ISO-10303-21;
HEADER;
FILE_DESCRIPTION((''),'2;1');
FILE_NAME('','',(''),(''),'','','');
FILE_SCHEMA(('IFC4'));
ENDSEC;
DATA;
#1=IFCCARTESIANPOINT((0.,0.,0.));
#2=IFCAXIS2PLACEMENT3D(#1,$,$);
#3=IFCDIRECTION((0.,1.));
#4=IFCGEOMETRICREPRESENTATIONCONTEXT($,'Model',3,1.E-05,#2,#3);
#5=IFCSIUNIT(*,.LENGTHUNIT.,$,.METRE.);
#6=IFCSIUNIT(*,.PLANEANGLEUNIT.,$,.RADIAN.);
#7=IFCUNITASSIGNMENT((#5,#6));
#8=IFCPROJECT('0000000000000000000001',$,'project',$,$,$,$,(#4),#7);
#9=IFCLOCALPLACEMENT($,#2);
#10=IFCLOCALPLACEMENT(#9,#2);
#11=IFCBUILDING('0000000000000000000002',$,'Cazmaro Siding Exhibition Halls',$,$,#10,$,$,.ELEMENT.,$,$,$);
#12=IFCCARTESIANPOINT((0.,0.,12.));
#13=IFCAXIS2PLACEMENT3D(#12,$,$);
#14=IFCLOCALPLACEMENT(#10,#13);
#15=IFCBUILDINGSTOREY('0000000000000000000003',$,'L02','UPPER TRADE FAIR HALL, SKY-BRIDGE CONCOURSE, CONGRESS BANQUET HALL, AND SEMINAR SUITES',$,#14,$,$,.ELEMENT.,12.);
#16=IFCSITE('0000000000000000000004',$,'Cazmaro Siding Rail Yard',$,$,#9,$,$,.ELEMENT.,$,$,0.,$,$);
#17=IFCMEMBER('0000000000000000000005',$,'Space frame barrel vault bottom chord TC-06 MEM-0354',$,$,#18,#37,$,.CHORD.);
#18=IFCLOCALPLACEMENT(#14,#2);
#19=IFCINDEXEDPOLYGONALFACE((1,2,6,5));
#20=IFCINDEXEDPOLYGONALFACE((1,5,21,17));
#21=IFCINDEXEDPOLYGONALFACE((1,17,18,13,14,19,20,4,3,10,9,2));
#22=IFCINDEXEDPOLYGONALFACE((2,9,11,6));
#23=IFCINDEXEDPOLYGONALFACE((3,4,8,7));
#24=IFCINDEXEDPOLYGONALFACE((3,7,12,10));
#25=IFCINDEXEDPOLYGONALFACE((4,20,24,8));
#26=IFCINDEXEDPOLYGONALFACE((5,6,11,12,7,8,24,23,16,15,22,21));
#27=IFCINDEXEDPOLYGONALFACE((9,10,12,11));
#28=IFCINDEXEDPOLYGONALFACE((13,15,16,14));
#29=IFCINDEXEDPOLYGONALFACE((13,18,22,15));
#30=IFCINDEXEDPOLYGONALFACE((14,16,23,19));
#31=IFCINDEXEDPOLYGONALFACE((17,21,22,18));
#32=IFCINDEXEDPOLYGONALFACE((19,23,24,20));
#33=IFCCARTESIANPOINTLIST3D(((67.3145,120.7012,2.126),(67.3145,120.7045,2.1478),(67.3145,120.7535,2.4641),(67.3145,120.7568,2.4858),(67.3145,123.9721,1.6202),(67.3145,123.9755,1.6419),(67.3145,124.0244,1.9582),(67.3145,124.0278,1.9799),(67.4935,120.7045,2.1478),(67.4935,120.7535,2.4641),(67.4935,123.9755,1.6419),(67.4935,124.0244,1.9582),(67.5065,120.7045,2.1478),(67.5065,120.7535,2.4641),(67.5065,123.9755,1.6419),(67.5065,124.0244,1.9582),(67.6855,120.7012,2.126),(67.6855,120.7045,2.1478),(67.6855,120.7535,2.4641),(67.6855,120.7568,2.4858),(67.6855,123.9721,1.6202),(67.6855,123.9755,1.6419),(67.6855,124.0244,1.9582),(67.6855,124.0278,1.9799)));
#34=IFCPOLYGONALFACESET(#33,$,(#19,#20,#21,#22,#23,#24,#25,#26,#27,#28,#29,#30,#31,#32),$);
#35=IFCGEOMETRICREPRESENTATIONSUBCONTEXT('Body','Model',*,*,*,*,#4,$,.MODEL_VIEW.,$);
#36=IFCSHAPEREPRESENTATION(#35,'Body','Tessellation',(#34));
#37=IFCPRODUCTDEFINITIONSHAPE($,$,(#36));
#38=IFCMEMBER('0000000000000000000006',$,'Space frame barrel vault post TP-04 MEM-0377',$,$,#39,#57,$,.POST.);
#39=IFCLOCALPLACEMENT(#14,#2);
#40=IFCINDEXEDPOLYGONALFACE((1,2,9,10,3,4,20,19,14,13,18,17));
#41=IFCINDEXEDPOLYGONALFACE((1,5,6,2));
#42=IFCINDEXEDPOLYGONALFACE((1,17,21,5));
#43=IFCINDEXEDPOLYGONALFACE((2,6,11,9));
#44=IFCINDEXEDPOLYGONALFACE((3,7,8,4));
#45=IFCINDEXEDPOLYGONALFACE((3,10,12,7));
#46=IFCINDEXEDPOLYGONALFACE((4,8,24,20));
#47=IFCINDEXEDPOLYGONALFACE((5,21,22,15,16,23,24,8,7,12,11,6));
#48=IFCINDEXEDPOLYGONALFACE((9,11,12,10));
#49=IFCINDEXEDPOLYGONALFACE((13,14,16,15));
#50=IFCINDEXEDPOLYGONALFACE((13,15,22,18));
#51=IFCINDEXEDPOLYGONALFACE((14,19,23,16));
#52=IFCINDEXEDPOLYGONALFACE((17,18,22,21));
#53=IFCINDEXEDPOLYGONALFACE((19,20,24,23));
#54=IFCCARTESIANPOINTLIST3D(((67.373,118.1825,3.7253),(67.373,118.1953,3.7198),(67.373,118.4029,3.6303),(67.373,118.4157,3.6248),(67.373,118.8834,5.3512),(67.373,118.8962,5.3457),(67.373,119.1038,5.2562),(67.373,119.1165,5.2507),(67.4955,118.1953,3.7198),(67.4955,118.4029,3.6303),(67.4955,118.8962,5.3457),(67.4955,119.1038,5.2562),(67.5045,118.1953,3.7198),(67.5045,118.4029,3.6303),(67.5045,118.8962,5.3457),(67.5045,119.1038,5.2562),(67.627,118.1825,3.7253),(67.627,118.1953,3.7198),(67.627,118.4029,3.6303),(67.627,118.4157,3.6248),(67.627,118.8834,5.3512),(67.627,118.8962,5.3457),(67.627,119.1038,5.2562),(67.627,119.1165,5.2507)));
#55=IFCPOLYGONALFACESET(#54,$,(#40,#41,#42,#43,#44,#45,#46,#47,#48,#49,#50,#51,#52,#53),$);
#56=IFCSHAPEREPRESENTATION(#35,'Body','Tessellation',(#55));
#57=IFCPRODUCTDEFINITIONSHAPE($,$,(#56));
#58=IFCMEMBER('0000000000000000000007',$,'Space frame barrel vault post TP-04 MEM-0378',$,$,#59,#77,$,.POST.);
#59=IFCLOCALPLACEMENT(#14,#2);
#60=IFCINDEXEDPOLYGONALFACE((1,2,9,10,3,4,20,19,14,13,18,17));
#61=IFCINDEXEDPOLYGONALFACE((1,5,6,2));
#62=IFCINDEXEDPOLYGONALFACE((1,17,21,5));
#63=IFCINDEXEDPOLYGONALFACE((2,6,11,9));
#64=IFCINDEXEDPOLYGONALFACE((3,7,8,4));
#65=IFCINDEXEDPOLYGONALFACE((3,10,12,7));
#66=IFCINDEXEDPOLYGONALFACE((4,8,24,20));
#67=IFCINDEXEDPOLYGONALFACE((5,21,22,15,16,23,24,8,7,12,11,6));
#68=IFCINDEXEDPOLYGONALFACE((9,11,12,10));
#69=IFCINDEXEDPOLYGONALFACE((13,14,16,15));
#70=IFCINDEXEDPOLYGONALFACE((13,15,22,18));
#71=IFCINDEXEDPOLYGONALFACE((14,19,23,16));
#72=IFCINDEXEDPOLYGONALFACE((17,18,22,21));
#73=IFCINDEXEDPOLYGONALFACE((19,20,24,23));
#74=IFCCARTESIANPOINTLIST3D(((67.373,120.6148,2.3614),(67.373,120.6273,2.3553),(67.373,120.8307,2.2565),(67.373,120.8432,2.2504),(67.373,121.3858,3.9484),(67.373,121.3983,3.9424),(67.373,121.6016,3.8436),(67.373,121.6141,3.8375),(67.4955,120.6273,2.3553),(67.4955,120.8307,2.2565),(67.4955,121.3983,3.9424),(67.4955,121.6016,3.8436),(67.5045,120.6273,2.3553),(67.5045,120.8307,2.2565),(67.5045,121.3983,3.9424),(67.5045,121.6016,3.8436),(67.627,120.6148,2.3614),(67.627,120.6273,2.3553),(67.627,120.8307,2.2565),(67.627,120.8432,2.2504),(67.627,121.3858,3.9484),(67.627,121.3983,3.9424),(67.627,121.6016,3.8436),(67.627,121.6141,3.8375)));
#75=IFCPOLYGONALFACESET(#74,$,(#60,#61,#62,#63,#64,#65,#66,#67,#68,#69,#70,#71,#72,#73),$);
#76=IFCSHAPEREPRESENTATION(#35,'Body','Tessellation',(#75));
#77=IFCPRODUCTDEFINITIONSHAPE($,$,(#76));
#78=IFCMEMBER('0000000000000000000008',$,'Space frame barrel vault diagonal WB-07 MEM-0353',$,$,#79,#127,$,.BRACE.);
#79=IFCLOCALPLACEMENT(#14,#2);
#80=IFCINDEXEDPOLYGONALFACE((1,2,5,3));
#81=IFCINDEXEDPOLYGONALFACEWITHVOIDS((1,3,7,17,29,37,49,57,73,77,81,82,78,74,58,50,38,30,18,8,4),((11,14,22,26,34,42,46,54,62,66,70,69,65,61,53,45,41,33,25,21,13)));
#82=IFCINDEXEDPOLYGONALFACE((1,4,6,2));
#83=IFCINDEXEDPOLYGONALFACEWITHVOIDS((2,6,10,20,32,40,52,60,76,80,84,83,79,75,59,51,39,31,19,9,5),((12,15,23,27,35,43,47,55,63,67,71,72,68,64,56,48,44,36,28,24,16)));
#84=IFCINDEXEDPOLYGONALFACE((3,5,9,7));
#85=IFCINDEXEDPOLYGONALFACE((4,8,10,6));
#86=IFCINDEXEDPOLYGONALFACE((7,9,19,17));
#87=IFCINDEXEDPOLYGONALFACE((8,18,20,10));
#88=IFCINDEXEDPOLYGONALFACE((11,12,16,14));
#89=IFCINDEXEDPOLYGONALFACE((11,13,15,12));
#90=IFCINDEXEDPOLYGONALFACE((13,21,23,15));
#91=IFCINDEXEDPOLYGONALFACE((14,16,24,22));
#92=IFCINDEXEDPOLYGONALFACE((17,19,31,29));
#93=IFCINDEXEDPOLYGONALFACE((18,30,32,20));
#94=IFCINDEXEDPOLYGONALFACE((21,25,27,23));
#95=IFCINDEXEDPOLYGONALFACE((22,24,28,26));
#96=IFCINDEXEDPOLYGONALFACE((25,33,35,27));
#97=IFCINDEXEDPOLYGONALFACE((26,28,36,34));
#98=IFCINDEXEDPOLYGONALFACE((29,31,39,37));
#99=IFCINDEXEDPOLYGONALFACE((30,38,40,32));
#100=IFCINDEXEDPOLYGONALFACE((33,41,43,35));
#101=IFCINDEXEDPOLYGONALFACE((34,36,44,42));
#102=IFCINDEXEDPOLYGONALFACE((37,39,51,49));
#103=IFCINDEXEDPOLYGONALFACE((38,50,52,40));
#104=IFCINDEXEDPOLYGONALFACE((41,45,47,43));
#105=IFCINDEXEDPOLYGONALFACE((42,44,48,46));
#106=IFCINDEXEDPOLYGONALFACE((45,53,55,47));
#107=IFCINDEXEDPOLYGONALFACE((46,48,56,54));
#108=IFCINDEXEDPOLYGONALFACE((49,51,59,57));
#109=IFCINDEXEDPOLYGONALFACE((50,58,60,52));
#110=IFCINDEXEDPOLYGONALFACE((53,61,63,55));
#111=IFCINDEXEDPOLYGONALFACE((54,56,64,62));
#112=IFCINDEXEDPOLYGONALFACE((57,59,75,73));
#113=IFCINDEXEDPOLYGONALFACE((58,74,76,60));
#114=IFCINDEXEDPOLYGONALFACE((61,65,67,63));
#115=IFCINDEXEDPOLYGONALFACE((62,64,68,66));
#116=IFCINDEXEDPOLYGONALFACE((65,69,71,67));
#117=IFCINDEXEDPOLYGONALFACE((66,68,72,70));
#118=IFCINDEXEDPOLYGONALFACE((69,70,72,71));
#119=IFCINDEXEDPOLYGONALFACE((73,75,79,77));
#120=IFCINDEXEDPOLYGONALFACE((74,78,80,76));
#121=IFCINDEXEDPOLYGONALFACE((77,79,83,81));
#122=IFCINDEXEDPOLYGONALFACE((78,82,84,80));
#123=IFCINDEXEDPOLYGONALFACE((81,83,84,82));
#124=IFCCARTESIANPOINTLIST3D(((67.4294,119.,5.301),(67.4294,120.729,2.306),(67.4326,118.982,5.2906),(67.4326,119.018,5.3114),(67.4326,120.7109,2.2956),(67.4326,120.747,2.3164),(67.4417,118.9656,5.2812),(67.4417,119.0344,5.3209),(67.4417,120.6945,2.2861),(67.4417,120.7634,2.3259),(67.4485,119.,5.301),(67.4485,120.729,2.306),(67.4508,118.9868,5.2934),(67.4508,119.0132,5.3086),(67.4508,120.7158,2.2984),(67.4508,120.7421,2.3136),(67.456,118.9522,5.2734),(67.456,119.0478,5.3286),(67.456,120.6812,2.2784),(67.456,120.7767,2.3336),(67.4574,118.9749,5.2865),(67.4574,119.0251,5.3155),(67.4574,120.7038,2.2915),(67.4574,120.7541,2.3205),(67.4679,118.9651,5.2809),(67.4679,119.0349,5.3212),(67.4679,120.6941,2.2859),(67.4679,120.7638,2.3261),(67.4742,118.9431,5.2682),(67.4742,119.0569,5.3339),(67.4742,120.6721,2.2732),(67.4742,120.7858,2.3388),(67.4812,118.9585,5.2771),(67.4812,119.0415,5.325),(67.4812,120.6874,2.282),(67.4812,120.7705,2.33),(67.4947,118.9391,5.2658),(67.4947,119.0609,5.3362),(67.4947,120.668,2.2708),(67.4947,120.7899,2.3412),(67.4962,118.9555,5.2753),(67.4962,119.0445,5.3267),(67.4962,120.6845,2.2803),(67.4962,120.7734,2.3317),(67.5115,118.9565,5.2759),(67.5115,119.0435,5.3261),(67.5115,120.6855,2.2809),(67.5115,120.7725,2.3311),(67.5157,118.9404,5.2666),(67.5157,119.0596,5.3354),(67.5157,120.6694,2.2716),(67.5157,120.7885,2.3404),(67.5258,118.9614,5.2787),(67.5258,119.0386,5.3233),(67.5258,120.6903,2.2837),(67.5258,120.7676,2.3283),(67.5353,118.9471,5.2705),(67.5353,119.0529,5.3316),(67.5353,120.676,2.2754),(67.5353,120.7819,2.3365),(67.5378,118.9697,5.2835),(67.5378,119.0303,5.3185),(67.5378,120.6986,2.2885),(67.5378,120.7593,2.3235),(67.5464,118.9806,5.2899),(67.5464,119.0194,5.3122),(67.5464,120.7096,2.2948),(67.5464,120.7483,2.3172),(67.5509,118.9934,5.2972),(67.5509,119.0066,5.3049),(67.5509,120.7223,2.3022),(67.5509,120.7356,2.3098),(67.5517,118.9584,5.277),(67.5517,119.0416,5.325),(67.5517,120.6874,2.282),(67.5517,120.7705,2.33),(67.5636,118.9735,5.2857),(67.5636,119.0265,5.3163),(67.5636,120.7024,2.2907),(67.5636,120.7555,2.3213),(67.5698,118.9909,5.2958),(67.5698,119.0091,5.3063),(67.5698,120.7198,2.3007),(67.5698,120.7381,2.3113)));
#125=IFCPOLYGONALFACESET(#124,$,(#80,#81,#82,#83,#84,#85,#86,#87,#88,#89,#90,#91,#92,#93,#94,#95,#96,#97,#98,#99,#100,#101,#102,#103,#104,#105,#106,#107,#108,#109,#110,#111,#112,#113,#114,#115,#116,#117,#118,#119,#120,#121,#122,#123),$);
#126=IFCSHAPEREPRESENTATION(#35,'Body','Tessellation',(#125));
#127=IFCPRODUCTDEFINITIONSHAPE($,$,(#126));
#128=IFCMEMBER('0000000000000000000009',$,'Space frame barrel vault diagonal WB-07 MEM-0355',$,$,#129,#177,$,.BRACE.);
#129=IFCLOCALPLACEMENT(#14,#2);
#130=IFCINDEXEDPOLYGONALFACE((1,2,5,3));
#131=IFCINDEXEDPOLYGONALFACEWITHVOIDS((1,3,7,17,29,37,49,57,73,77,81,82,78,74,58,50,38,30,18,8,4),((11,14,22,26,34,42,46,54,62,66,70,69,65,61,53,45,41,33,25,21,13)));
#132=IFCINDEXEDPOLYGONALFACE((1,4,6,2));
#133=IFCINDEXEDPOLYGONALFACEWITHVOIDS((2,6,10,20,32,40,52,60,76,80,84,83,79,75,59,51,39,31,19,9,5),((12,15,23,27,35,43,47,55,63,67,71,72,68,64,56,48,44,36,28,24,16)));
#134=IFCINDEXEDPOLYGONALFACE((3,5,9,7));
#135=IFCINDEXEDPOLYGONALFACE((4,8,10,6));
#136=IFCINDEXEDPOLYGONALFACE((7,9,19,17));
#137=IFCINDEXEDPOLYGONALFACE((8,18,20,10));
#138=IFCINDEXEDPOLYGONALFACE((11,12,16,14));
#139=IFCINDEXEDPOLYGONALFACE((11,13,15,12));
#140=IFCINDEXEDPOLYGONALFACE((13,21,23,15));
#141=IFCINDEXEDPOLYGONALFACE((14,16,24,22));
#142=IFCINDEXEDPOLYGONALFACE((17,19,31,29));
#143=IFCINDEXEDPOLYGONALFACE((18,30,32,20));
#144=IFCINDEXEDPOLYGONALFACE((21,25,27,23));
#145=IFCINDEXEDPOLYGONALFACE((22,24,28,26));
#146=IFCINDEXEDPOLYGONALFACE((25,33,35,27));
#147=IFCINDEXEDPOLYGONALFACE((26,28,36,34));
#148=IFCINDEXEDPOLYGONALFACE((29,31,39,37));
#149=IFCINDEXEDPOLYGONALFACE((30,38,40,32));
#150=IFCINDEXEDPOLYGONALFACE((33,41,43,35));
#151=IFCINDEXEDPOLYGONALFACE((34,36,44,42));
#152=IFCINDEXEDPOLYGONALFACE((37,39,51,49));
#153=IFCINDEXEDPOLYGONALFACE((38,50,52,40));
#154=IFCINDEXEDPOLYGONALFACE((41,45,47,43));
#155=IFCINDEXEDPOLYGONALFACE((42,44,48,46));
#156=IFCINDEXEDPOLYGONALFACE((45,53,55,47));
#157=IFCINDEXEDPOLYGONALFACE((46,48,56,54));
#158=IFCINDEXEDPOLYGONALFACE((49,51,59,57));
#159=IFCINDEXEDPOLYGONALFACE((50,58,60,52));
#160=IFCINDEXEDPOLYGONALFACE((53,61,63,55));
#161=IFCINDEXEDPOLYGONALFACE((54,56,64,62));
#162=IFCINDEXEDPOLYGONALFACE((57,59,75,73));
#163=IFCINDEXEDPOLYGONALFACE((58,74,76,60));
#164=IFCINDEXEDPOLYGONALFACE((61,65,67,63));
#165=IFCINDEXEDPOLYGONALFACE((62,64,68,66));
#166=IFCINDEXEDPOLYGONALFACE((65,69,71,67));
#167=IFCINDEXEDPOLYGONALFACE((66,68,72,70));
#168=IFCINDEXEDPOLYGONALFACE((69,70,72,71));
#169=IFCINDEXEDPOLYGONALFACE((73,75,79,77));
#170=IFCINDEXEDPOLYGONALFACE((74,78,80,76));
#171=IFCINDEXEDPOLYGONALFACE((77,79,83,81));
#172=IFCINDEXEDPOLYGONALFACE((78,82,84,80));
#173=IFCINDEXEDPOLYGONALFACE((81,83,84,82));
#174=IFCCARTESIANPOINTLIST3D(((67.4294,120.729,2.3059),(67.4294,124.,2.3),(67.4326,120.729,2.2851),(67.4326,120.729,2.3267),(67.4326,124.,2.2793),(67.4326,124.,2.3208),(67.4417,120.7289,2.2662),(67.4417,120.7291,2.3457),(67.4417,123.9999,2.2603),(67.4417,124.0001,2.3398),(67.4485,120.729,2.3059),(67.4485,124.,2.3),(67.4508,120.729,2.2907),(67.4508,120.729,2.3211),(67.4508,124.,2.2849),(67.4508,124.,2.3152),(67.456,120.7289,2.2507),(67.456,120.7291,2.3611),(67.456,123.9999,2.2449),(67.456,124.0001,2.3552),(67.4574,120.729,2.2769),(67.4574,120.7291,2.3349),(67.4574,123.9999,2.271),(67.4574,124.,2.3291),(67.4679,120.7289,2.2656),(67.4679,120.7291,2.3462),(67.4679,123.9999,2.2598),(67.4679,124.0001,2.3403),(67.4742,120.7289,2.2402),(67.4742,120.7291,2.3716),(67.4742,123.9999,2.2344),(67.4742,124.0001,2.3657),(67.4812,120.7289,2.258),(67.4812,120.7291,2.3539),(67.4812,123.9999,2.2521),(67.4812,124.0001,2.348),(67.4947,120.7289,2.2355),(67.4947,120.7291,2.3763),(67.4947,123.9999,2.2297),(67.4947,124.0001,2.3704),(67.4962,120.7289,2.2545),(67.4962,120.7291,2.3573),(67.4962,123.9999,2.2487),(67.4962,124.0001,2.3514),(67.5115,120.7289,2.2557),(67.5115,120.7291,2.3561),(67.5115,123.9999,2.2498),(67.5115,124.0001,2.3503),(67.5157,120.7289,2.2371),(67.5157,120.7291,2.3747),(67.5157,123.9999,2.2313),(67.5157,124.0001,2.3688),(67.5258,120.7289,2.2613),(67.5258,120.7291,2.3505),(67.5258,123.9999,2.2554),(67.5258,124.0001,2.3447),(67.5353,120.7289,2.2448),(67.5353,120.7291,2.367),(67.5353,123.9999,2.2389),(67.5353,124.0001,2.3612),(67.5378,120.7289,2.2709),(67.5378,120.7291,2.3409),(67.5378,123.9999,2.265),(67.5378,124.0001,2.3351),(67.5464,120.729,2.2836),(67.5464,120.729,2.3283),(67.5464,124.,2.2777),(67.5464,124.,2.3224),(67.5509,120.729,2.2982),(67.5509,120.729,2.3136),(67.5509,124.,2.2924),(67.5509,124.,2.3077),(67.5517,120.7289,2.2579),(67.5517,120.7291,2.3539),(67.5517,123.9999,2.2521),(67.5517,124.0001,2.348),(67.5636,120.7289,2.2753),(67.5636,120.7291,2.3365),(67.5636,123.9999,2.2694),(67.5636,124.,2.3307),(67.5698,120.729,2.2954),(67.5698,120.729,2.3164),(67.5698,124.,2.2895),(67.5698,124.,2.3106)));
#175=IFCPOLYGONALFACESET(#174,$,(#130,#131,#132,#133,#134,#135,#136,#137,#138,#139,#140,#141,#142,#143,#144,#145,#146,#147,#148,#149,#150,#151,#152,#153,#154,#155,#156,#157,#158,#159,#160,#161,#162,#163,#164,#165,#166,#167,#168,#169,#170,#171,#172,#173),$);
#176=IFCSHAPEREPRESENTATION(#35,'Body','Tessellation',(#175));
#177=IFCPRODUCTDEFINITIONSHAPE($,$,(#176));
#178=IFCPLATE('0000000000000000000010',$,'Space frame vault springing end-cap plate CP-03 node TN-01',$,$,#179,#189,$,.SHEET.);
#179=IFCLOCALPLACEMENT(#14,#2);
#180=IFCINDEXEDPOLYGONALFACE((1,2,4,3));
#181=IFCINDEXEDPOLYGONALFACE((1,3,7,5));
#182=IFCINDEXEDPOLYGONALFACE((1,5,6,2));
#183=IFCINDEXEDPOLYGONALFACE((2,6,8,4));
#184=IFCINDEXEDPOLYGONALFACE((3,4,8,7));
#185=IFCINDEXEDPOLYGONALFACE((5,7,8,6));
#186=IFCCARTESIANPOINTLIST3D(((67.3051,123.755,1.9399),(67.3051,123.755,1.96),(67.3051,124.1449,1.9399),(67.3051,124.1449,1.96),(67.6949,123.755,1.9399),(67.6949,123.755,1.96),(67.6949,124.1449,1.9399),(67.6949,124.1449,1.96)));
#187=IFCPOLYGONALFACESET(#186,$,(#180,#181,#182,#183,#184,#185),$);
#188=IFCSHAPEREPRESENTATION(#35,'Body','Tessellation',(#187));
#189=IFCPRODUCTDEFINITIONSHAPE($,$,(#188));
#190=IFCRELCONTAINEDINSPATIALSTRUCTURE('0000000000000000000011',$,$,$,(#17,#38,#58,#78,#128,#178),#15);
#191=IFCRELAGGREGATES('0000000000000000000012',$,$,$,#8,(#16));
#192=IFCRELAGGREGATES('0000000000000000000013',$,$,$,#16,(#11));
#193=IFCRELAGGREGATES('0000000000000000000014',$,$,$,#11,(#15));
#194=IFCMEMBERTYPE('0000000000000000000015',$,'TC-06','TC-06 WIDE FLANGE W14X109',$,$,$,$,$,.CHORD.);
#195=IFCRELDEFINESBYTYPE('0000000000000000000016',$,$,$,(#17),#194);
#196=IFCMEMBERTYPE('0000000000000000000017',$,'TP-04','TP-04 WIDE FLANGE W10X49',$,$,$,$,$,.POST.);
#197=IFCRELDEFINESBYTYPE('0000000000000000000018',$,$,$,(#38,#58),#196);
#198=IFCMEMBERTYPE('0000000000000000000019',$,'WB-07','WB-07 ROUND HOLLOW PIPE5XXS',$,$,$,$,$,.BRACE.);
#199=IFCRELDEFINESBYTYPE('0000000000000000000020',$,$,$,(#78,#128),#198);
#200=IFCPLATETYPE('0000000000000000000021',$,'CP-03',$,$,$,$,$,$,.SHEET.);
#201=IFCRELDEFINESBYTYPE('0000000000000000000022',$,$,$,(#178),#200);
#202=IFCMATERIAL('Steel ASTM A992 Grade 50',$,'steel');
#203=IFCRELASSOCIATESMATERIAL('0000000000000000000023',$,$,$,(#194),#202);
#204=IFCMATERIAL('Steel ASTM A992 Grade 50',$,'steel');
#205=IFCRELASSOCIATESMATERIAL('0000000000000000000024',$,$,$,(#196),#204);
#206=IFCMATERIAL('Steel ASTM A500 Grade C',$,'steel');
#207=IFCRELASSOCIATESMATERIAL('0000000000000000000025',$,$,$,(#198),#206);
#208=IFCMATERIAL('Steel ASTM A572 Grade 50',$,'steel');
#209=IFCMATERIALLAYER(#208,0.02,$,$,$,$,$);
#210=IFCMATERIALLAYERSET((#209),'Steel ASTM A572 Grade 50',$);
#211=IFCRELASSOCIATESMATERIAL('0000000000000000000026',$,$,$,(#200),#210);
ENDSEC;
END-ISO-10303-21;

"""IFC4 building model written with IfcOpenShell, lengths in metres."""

from ifc_helpers import new_model, si_unit, direction, frame, origin, origin_2d, place, context, subcontext, project, spatial, rectangle, hollow_circle, i_section, extrude, material, layer, layer_set, material_profile, profile_set, type_object, element, save


model = new_model("IFC4")

# Units and contexts
model_context = context("Model", 3, precision=1e-05, world=origin(), true_north=direction((0.0, 1.0)))
body_context = subcontext(model_context, "Body", "Model", "MODEL_VIEW")
ifc_project = project(units=[si_unit("LENGTHUNIT", "METRE"), si_unit("PLANEANGLEUNIT", "RADIAN")], contexts=[model_context])

# Site, building, storey
site_placement = place(None, origin())
site = spatial("IfcSite", under=ifc_project, at=site_placement, Name="Cazmaro Siding Rail Yard", CompositionType="ELEMENT", RefElevation=0.0)
building_placement = place(site_placement, origin())
building = spatial("IfcBuilding", under=site, at=building_placement, Name="Cazmaro Siding Exhibition Halls", CompositionType="ELEMENT")
storey_placement = place(building_placement, frame((0.0, 0.0, 12.0)))
storey = spatial("IfcBuildingStorey", under=building, at=storey_placement, Name="L02", Description="UPPER TRADE FAIR HALL, SKY-BRIDGE CONCOURSE, CONGRESS BANQUET HALL, AND SEMINAR SUITES", CompositionType="ELEMENT", Elevation=12.0)

# Members
ifc_material_1 = material(Name="Steel ASTM A992 Grade 50", Category="steel")
ifc_material_profile_1 = material_profile(ifc_material_1, i_section(OverallWidth=0.3711, OverallDepth=0.364, WebThickness=0.0129, FlangeThickness=0.022, at=origin_2d()), Name="W14X109")
ifc_profile_set_1 = profile_set([ifc_material_profile_1], Name="Steel ASTM A992 Grade 50")
member_type_1 = type_object("IfcMemberType", Name="TC-06", Description="TC-06 WIDE FLANGE W14X109", PredefinedType="CHORD", material=ifc_profile_set_1)
member_1_placement = place(storey_placement, frame((67.5, 120.729, 2.3059), z_axis=(0.0, 0.988252, -0.152833), x_axis=(-1.0, 0.0, 0.0)))
element("IfcMember", 1, at=member_1_placement, inside=storey, type_object=member_type_1, Name="Space frame barrel vault bottom chord TC-06 MEM-0354", PredefinedType="CHORD", context=body_context, shape_type="SweptSolid", body=[
    extrude(i_section(OverallWidth=0.3711, OverallDepth=0.364, WebThickness=0.0129, FlangeThickness=0.022, at=origin_2d()), origin(), (0.0, 0.0, 1.0), 3.3098),
])
ifc_material_2 = material(Name="Steel ASTM A992 Grade 50", Category="steel")
ifc_material_profile_2 = material_profile(ifc_material_2, i_section(OverallWidth=0.2539, OverallDepth=0.2539, WebThickness=0.009, FlangeThickness=0.0139, at=origin_2d()), Name="W10X49")
ifc_profile_set_2 = profile_set([ifc_material_profile_2], Name="Steel ASTM A992 Grade 50")
member_type_2 = type_object("IfcMemberType", Name="TP-04", Description="TP-04 WIDE FLANGE W10X49", PredefinedType="POST", material=ifc_profile_set_2)
member_2_placement = place(storey_placement, frame((67.5, 118.2991, 3.675), z_axis=(0.0, 0.395865, 0.918309), x_axis=(-1.0, 0.0, 0.0)))
element("IfcMember", 2, at=member_2_placement, inside=storey, type_object=member_type_2, Name="Space frame barrel vault post TP-04 MEM-0377", PredefinedType="POST", context=body_context, shape_type="SweptSolid", body=[
    extrude(i_section(OverallWidth=0.2539, OverallDepth=0.2539, WebThickness=0.009, FlangeThickness=0.0139, at=origin_2d()), origin(), (0.0, 0.0, 1.0), 1.7705),
])
member_3_placement = place(storey_placement, frame((67.5, 120.729, 2.3059), z_axis=(0.0, 0.436946, 0.899488), x_axis=(-1.0, 0.0, 0.0)))
element("IfcMember", 3, at=member_3_placement, inside=storey, type_object=member_type_2, Name="Space frame barrel vault post TP-04 MEM-0378", PredefinedType="POST", context=body_context, shape_type="SweptSolid", body=[
    extrude(i_section(OverallWidth=0.2539, OverallDepth=0.2539, WebThickness=0.009, FlangeThickness=0.0139, at=origin_2d()), origin(), (0.0, 0.0, 1.0), 1.7644),
])
ifc_material_3 = material(Name="Steel ASTM A500 Grade C", Category="steel")
ifc_material_profile_3 = material_profile(ifc_material_3, hollow_circle(Radius=0.0706, WallThickness=0.019, at=origin_2d()), Name="PIPE5XXS")
ifc_profile_set_3 = profile_set([ifc_material_profile_3], Name="Steel ASTM A500 Grade C")
member_type_3 = type_object("IfcMemberType", Name="WB-07", Description="WB-07 ROUND HOLLOW PIPE5XXS", PredefinedType="BRACE", material=ifc_profile_set_3)
member_4_placement = place(storey_placement, frame((67.5, 119.0, 5.301), z_axis=(0.0, 0.499951, -0.866054), x_axis=(-1.0, 0.0, 0.0)))
element("IfcMember", 4, at=member_4_placement, inside=storey, type_object=member_type_3, Name="Space frame barrel vault diagonal WB-07 MEM-0353", PredefinedType="BRACE", context=body_context, shape_type="SweptSolid", body=[
    extrude(hollow_circle(Radius=0.0706, WallThickness=0.019, at=origin_2d()), origin(), (0.0, 0.0, 1.0), 3.4583),
])
member_5_placement = place(storey_placement, frame((67.5, 120.729, 2.3059), z_axis=(0.0, 0.999998, -0.001791), x_axis=(-1.0, 0.0, 0.0)))
element("IfcMember", 5, at=member_5_placement, inside=storey, type_object=member_type_3, Name="Space frame barrel vault diagonal WB-07 MEM-0355", PredefinedType="BRACE", context=body_context, shape_type="SweptSolid", body=[
    extrude(hollow_circle(Radius=0.0706, WallThickness=0.019, at=origin_2d()), origin(), (0.0, 0.0, 1.0), 3.271),
])

# Plate
ifc_material_4 = material(Name="Steel ASTM A572 Grade 50", Category="steel")
ifc_layer_1 = layer(ifc_material_4, 0.02)
ifc_layer_set_1 = layer_set([ifc_layer_1], Name="Steel ASTM A572 Grade 50")
plate_type_1 = type_object("IfcPlateType", Name="CP-03", PredefinedType="SHEET", material=ifc_layer_set_1)
plate_1_placement = place(storey_placement, frame((67.5, 123.95, 1.9399), z_axis=(0.0, 0.0, 1.0), x_axis=(1.0, 0.0, 0.0)))
element("IfcPlate", 6, at=plate_1_placement, inside=storey, type_object=plate_type_1, Name="Space frame vault springing end-cap plate CP-03 node TN-01", PredefinedType="SHEET", context=body_context, shape_type="SweptSolid", body=[
    extrude(rectangle(XDim=0.3899, YDim=0.3899, at=origin_2d()), origin(), (0.0, 0.0, 1.0), 0.02),
])

save(model, "model.ifc")
